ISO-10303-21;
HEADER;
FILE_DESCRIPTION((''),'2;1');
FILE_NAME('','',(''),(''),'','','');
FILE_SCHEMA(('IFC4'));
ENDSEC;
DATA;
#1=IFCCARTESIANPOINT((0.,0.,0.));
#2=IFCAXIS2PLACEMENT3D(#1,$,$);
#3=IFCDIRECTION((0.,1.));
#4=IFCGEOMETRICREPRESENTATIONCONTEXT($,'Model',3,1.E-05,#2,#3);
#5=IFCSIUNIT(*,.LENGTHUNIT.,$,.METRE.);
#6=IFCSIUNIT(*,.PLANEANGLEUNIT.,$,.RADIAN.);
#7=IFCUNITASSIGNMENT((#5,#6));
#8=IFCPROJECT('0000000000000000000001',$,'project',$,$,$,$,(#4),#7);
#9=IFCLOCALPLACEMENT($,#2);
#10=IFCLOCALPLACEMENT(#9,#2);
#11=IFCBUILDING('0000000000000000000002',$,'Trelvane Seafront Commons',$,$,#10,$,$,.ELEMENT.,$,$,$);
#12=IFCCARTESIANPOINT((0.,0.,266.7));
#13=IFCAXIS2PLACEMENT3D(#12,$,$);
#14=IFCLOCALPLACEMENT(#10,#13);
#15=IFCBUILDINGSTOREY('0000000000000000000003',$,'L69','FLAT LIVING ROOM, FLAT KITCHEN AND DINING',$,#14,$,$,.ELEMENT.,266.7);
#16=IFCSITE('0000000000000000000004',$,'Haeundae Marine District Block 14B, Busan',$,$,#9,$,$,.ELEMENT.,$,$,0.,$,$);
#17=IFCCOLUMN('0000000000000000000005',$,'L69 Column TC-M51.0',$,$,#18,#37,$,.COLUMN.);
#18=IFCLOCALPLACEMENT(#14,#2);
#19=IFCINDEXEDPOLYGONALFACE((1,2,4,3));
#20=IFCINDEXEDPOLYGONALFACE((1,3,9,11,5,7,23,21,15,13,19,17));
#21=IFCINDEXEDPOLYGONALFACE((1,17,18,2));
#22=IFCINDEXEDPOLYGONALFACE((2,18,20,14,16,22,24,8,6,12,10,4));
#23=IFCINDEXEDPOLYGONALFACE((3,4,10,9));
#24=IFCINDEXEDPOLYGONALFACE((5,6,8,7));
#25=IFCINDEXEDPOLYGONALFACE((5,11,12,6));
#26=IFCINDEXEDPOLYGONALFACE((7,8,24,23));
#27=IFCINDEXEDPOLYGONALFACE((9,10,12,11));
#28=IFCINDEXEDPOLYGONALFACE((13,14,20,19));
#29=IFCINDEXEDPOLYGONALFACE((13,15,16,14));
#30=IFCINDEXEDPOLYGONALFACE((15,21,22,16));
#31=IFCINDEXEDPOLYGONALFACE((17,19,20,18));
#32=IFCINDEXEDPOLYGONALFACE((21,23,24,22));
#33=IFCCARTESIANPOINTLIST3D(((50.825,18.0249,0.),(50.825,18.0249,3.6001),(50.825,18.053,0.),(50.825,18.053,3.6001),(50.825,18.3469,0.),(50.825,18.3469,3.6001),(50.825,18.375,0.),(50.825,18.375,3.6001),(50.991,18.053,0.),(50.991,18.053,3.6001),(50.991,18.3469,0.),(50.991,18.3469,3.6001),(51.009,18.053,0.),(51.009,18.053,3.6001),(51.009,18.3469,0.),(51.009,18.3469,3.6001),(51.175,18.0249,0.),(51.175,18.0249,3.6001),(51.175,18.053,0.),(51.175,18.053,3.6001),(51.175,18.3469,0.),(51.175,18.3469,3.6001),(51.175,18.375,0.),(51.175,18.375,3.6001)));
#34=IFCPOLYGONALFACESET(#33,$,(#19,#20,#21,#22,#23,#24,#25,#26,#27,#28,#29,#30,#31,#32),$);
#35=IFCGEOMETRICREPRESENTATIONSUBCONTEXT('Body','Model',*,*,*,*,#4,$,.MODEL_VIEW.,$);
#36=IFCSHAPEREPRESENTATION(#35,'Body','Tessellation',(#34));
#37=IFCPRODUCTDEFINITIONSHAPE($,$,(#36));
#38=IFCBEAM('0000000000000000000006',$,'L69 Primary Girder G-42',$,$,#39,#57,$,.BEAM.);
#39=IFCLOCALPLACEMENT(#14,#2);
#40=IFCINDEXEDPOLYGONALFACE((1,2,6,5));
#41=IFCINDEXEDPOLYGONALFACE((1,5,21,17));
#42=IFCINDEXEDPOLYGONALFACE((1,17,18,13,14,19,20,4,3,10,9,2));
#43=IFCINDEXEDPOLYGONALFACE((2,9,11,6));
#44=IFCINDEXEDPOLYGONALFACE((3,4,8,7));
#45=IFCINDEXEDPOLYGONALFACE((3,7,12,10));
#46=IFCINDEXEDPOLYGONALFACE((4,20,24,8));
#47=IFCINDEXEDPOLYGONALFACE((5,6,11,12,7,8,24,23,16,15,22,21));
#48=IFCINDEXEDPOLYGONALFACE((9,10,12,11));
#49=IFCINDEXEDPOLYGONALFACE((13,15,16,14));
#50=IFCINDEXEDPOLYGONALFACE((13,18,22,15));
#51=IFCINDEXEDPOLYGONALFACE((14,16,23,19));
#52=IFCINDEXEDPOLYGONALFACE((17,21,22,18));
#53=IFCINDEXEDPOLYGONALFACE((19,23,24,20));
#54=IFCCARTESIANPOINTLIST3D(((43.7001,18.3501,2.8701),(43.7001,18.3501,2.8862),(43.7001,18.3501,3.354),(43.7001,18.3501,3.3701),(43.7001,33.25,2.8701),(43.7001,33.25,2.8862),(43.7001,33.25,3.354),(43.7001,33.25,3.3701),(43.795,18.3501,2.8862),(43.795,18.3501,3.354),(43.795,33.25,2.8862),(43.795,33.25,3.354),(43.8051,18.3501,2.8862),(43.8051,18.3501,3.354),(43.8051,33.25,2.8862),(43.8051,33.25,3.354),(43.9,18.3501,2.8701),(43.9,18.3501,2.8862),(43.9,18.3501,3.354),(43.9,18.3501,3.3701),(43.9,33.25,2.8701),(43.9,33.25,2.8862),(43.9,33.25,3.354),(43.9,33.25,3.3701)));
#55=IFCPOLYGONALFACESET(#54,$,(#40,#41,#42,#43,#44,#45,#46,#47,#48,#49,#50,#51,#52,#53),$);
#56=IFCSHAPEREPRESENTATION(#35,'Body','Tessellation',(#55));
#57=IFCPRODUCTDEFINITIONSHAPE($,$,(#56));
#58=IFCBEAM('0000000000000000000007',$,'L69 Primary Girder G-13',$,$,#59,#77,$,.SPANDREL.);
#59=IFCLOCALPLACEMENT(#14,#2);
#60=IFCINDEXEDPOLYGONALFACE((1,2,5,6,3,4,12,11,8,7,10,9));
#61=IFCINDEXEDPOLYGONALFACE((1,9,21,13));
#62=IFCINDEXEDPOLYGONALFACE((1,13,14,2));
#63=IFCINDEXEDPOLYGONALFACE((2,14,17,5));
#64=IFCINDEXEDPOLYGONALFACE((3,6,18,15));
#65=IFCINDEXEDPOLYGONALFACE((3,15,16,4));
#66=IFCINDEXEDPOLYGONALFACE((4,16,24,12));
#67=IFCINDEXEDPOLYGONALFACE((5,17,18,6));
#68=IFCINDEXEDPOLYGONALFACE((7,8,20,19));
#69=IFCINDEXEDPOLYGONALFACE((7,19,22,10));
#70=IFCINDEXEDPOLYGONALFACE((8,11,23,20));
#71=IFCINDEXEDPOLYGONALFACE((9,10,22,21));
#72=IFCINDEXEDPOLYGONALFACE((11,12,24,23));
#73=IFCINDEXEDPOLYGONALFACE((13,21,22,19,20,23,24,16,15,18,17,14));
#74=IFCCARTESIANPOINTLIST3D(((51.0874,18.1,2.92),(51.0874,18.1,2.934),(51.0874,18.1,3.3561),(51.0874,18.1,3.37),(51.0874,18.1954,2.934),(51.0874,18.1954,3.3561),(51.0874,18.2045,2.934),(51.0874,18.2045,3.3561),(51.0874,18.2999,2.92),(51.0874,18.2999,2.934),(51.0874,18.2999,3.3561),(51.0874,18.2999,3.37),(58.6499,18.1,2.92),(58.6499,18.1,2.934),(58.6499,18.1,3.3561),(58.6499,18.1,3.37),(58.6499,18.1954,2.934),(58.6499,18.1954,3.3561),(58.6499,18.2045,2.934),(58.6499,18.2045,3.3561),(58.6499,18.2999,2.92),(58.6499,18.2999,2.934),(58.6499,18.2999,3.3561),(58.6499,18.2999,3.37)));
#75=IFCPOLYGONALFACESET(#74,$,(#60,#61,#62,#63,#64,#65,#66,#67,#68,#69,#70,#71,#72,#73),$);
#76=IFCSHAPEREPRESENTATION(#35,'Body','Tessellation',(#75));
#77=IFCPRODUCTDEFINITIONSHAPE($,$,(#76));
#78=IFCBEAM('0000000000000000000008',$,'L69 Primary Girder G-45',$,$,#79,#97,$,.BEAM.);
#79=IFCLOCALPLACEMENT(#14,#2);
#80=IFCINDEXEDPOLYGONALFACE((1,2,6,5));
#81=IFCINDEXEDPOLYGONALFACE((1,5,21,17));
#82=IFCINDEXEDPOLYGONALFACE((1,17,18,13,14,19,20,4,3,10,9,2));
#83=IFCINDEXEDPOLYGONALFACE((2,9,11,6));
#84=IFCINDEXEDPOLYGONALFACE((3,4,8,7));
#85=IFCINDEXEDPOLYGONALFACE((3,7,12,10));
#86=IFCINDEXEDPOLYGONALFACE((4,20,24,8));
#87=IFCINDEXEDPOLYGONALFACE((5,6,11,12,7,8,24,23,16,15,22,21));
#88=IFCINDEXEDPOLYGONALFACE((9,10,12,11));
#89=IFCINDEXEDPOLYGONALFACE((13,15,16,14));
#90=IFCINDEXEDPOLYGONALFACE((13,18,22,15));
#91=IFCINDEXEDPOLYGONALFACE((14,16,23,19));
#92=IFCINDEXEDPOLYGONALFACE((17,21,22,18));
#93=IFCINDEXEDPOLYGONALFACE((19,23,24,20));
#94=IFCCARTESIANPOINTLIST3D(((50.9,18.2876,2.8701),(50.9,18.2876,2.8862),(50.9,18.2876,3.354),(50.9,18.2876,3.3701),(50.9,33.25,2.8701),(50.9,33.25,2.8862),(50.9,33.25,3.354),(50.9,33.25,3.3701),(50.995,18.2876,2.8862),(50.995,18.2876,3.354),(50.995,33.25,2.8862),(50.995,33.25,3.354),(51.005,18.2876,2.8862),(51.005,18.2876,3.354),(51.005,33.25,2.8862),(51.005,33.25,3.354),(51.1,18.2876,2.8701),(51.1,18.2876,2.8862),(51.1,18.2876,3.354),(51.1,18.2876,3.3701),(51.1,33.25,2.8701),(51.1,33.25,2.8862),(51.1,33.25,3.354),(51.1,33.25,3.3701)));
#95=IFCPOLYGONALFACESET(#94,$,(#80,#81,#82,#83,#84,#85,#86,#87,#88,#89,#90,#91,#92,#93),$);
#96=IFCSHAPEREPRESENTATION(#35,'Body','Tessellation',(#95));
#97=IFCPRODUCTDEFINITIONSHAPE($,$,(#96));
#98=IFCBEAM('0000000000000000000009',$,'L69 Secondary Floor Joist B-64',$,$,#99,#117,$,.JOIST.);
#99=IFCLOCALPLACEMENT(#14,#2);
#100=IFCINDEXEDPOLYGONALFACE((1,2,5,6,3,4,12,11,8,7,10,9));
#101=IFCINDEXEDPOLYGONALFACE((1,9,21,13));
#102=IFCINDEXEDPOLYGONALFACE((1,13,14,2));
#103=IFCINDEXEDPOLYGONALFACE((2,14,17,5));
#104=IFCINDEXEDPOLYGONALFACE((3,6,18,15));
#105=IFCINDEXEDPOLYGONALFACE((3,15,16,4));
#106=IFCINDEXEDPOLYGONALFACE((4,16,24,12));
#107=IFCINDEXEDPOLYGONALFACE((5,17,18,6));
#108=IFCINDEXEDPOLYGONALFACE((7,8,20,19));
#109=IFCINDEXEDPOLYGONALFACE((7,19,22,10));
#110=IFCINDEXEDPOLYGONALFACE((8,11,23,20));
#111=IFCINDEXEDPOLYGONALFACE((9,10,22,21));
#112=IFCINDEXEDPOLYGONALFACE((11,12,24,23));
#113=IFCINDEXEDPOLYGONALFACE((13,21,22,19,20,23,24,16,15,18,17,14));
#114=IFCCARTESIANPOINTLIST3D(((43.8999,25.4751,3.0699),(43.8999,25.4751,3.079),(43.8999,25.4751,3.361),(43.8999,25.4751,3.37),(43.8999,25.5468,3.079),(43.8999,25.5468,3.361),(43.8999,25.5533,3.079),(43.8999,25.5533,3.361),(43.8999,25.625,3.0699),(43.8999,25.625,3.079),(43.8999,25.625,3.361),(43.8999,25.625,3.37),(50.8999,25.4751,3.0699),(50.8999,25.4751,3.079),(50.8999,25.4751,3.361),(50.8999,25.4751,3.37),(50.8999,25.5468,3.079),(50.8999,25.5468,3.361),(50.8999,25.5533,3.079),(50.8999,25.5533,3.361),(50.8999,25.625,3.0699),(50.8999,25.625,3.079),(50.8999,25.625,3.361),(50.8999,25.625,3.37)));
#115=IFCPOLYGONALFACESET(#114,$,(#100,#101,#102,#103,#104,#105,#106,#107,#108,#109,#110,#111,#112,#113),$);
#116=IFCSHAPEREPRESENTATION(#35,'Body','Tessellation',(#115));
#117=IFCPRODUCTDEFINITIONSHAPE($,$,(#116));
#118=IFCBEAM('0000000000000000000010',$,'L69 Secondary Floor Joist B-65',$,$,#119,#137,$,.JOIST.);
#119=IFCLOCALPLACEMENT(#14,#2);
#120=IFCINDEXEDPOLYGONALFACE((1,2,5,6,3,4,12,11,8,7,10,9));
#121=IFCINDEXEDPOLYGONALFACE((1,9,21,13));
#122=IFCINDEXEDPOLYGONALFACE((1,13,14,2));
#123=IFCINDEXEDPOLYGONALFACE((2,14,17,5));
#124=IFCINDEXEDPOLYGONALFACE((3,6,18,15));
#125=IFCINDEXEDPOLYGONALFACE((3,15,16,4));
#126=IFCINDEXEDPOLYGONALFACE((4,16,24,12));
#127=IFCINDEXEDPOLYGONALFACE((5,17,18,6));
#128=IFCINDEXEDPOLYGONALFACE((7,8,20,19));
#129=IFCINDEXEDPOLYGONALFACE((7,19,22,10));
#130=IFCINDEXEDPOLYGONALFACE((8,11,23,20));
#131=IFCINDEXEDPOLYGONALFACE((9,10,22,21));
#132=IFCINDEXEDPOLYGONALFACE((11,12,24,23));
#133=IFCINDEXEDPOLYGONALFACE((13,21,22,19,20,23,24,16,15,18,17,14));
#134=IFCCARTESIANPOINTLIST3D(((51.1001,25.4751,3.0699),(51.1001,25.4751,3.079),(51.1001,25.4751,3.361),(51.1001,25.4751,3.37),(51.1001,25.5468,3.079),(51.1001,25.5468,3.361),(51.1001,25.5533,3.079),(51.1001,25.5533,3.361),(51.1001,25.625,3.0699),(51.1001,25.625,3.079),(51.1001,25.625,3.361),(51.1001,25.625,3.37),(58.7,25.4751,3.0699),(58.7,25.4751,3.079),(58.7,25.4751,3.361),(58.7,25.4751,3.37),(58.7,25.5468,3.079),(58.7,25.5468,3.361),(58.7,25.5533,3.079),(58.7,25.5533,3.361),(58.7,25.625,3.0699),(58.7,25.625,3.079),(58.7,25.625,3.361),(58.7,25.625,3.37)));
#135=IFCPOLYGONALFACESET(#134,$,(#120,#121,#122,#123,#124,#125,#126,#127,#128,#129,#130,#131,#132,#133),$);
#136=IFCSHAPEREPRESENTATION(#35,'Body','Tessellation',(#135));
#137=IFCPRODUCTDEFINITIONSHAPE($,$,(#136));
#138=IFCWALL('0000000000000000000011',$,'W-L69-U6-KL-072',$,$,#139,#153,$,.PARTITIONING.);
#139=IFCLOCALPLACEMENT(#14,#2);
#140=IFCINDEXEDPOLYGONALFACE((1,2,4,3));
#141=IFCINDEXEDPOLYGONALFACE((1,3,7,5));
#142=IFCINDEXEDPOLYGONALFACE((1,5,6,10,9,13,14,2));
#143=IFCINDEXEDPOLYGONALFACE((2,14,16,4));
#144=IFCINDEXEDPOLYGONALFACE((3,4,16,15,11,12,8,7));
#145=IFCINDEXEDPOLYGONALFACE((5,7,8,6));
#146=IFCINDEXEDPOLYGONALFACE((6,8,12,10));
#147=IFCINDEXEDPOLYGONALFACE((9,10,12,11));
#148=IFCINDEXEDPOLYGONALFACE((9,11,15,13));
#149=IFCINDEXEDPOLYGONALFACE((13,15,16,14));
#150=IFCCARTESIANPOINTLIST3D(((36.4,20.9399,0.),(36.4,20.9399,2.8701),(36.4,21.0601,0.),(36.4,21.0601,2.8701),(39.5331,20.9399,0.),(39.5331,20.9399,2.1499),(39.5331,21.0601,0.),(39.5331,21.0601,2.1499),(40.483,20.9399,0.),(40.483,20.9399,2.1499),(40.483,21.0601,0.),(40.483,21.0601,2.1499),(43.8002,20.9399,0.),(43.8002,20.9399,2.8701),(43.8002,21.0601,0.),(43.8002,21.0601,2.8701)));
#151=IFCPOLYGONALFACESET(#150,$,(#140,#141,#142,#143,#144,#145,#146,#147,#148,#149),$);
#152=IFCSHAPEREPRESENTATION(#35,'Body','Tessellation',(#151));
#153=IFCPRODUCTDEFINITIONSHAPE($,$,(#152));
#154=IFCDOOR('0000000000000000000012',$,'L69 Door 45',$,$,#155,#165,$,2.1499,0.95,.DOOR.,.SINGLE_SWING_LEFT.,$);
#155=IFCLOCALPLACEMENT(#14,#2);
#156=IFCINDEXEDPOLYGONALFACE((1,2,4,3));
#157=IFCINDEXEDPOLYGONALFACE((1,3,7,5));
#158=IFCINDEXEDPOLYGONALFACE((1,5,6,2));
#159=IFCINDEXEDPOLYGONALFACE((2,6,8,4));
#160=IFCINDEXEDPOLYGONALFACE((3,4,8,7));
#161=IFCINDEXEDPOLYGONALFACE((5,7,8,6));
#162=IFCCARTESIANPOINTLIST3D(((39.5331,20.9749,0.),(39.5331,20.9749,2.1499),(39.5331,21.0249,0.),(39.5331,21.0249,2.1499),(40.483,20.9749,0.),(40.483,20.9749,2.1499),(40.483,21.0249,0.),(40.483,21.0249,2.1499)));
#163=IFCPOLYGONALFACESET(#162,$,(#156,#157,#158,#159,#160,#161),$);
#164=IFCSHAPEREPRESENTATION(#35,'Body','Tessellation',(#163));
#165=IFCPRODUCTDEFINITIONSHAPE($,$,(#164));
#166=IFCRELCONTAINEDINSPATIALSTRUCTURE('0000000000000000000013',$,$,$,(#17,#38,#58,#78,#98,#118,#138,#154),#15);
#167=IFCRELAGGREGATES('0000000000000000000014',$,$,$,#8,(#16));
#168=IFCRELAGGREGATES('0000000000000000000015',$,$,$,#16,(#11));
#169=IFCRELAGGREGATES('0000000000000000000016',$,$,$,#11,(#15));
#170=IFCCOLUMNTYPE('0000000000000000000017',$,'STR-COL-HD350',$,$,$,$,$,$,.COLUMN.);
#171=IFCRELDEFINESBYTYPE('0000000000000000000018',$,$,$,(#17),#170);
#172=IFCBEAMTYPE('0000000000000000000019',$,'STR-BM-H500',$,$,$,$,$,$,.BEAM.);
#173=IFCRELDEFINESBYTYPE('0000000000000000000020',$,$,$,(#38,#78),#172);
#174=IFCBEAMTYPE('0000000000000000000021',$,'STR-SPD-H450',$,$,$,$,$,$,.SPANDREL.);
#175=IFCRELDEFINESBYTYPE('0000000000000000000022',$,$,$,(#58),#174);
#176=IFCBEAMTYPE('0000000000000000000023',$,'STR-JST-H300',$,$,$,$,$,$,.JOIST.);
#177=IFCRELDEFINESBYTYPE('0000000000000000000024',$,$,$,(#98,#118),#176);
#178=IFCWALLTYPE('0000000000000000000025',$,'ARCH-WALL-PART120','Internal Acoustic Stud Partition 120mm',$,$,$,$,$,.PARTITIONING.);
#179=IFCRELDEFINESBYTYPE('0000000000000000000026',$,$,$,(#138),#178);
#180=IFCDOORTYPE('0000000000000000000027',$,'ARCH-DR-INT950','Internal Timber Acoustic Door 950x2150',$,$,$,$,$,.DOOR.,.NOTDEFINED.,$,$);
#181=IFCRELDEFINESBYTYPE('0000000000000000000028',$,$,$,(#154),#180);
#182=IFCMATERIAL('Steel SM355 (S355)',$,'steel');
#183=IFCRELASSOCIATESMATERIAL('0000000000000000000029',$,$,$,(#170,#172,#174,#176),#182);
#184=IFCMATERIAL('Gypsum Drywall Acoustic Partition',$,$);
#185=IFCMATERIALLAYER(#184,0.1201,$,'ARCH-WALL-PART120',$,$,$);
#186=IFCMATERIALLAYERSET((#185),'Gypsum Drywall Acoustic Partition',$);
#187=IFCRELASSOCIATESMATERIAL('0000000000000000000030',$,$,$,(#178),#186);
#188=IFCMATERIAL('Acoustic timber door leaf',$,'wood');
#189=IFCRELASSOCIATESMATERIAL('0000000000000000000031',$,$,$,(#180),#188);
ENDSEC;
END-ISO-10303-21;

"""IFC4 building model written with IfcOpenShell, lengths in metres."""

from ifc_helpers import new_model, si_unit, direction, frame, frame_2d, origin, origin_2d, place, context, subcontext, project, spatial, rectangle, i_section, extrude, source, transform, mapped, material, layer, layer_set, material_profile, profile_set, type_object, element, fill, save


model = new_model("IFC4")

# Units and contexts
model_context = context("Model", 3, precision=1e-05, world=origin(), true_north=direction((0.0, 1.0)))
body_context = subcontext(model_context, "Body", "Model", "MODEL_VIEW")
ifc_project = project(units=[si_unit("LENGTHUNIT", "METRE"), si_unit("PLANEANGLEUNIT", "RADIAN")], contexts=[model_context])

# Site, building, storey
site_placement = place(None, origin())
site = spatial("IfcSite", under=ifc_project, at=site_placement, Name="Haeundae Marine District Block 14B, Busan", CompositionType="ELEMENT", RefElevation=0.0)
building_placement = place(site_placement, origin())
building = spatial("IfcBuilding", under=site, at=building_placement, Name="Trelvane Seafront Commons", CompositionType="ELEMENT")
storey_placement = place(building_placement, frame((0.0, 0.0, 266.7)))
storey = spatial("IfcBuildingStorey", under=building, at=storey_placement, Name="L69", Description="FLAT LIVING ROOM, FLAT KITCHEN AND DINING", CompositionType="ELEMENT", Elevation=266.7)

# Column
ifc_material_1 = material(Name="Steel SM355 (S355)", Category="steel")
ifc_material_profile_1 = material_profile(ifc_material_1, i_section(OverallWidth=0.3501, OverallDepth=0.3501, WebThickness=0.0181, FlangeThickness=0.0281, at=origin_2d()), Name="HD-350x350x18x28")
ifc_profile_set_1 = profile_set([ifc_material_profile_1], Name="Steel SM355 (S355)")
column_type = type_object("IfcColumnType", Name="STR-COL-HD350", PredefinedType="COLUMN", material=ifc_profile_set_1)
shared_shape_1 = source(origin(), body_context, "Body", "SweptSolid", [
    extrude(i_section(OverallWidth=0.3501, OverallDepth=0.3501, WebThickness=0.0181, FlangeThickness=0.0281, at=origin_2d()), origin(), (0.0, 0.0, 1.0), 3.6001),
])
column_placement = place(storey_placement, frame((51.0, 18.2, 0.0), z_axis=(0.0, 0.0, 1.0), x_axis=(1.0, 0.0, 0.0)))
element("IfcColumn", 1, at=column_placement, inside=storey, type_object=column_type, Name="L69 Column TC-M51.0", PredefinedType="COLUMN", context=body_context, shape_type="MappedRepresentation", body=[
    mapped(shared_shape_1, transform((0.0, 0.0, 0.0), x_axis=(1.0, 0.0, 0.0), y_axis=(0.0, 1.0, 0.0), z_axis=(0.0, 0.0, 1.0), scale=1.0)),
])

# Beams
ifc_material_profile_2 = material_profile(ifc_material_1, i_section(OverallWidth=0.2, OverallDepth=0.5, WebThickness=0.01, FlangeThickness=0.0161, at=origin_2d()), Name="H-500x200x10x16")
ifc_profile_set_2 = profile_set([ifc_material_profile_2], Name="Steel SM355 (S355)")
beam_type_1 = type_object("IfcBeamType", Name="STR-BM-H500", PredefinedType="BEAM", material=ifc_profile_set_2)
shared_shape_2 = source(origin(), body_context, "Body", "SweptSolid", [
    extrude(i_section(OverallWidth=0.2, OverallDepth=0.5, WebThickness=0.01, FlangeThickness=0.0161, at=origin_2d()), origin(), (0.0, 0.0, 1.0), 14.8999),
])
beam_1_placement = place(storey_placement, frame((43.8, 18.3501, 3.1201), z_axis=(0.0, 1.0, 0.0), x_axis=(-1.0, 0.0, 0.0)))
element("IfcBeam", 2, at=beam_1_placement, inside=storey, type_object=beam_type_1, Name="L69 Primary Girder G-42", PredefinedType="BEAM", context=body_context, shape_type="MappedRepresentation", body=[
    mapped(shared_shape_2, transform((0.0, 0.0, 0.0), x_axis=(1.0, 0.0, 0.0), y_axis=(0.0, 1.0, 0.0), z_axis=(0.0, 0.0, 1.0), scale=1.0)),
])
ifc_material_profile_3 = material_profile(ifc_material_1, i_section(OverallWidth=0.2, OverallDepth=0.45, WebThickness=0.009, FlangeThickness=0.0139, at=origin_2d()), Name="H-450x200x9x14")
ifc_profile_set_3 = profile_set([ifc_material_profile_3], Name="Steel SM355 (S355)")
beam_type_2 = type_object("IfcBeamType", Name="STR-SPD-H450", PredefinedType="SPANDREL", material=ifc_profile_set_3)
shared_shape_3 = source(origin(), body_context, "Body", "SweptSolid", [
    extrude(i_section(OverallWidth=0.2, OverallDepth=0.45, WebThickness=0.009, FlangeThickness=0.0139, at=origin_2d()), origin(), (0.0, 0.0, 1.0), 7.5625),
])
beam_2_placement = place(storey_placement, frame((51.0874, 18.2, 3.145), z_axis=(1.0, 0.0, 0.0), x_axis=(0.0, 1.0, 0.0)))
element("IfcBeam", 3, at=beam_2_placement, inside=storey, type_object=beam_type_2, Name="L69 Primary Girder G-13", PredefinedType="SPANDREL", context=body_context, shape_type="MappedRepresentation", body=[
    mapped(shared_shape_3, transform((0.0, 0.0, 0.0), x_axis=(1.0, 0.0, 0.0), y_axis=(0.0, 1.0, 0.0), z_axis=(0.0, 0.0, 1.0), scale=1.0)),
])
shared_shape_4 = source(origin(), body_context, "Body", "SweptSolid", [
    extrude(i_section(OverallWidth=0.2, OverallDepth=0.5, WebThickness=0.01, FlangeThickness=0.0161, at=origin_2d()), origin(), (0.0, 0.0, 1.0), 14.9624),
])
beam_3_placement = place(storey_placement, frame((51.0, 18.2876, 3.1201), z_axis=(0.0, 1.0, 0.0), x_axis=(-1.0, 0.0, 0.0)))
element("IfcBeam", 4, at=beam_3_placement, inside=storey, type_object=beam_type_1, Name="L69 Primary Girder G-45", PredefinedType="BEAM", context=body_context, shape_type="MappedRepresentation", body=[
    mapped(shared_shape_4, transform((0.0, 0.0, 0.0), x_axis=(1.0, 0.0, 0.0), y_axis=(0.0, 1.0, 0.0), z_axis=(0.0, 0.0, 1.0), scale=1.0)),
])
ifc_material_profile_4 = material_profile(ifc_material_1, i_section(OverallWidth=0.1499, OverallDepth=0.3, WebThickness=0.0066, FlangeThickness=0.009, at=origin_2d()), Name="H-300x150x6.5x9")
ifc_profile_set_4 = profile_set([ifc_material_profile_4], Name="Steel SM355 (S355)")
beam_type_3 = type_object("IfcBeamType", Name="STR-JST-H300", PredefinedType="JOIST", material=ifc_profile_set_4)
shared_shape_5 = source(origin(), body_context, "Body", "SweptSolid", [
    extrude(i_section(OverallWidth=0.1499, OverallDepth=0.3, WebThickness=0.0066, FlangeThickness=0.009, at=origin_2d()), origin(), (0.0, 0.0, 1.0), 7.0),
])
beam_4_placement = place(storey_placement, frame((43.8999, 25.55, 3.22), z_axis=(1.0, 0.0, 0.0), x_axis=(0.0, 1.0, 0.0)))
element("IfcBeam", 5, at=beam_4_placement, inside=storey, type_object=beam_type_3, Name="L69 Secondary Floor Joist B-64", PredefinedType="JOIST", context=body_context, shape_type="MappedRepresentation", body=[
    mapped(shared_shape_5, transform((0.0, 0.0, 0.0), x_axis=(1.0, 0.0, 0.0), y_axis=(0.0, 1.0, 0.0), z_axis=(0.0, 0.0, 1.0), scale=1.0)),
])
shared_shape_6 = source(origin(), body_context, "Body", "SweptSolid", [
    extrude(i_section(OverallWidth=0.1499, OverallDepth=0.3, WebThickness=0.0066, FlangeThickness=0.009, at=origin_2d()), origin(), (0.0, 0.0, 1.0), 7.5999),
])
beam_5_placement = place(storey_placement, frame((51.1001, 25.55, 3.22), z_axis=(1.0, 0.0, 0.0), x_axis=(0.0, 1.0, 0.0)))
element("IfcBeam", 6, at=beam_5_placement, inside=storey, type_object=beam_type_3, Name="L69 Secondary Floor Joist B-65", PredefinedType="JOIST", context=body_context, shape_type="MappedRepresentation", body=[
    mapped(shared_shape_6, transform((0.0, 0.0, 0.0), x_axis=(1.0, 0.0, 0.0), y_axis=(0.0, 1.0, 0.0), z_axis=(0.0, 0.0, 1.0), scale=1.0)),
])

# Wall, opening, door
ifc_material_2 = material(Name="Gypsum Drywall Acoustic Partition")
ifc_layer = layer(ifc_material_2, 0.1201, Name="ARCH-WALL-PART120")
ifc_layer_set = layer_set([ifc_layer], Name="Gypsum Drywall Acoustic Partition")
wall_type = type_object("IfcWallType", Name="ARCH-WALL-PART120", Description="Internal Acoustic Stud Partition 120mm", PredefinedType="PARTITIONING", material=ifc_layer_set)
wall_1_placement = place(storey_placement, frame((36.3999, 21.0, 0.0), z_axis=(0.0, 0.0, 1.0), x_axis=(1.0, 0.0, 0.0)))
wall_1 = element("IfcWall", 7, at=wall_1_placement, inside=storey, type_object=wall_type, Name="W-L69-U6-KL-072", PredefinedType="PARTITIONING", context=body_context, shape_type="SweptSolid", body=[
    extrude(rectangle(XDim=7.4001, YDim=0.1201, at=frame_2d((3.7002, 0.0))), origin(), (0.0, 0.0, 1.0), 2.8701),
])
opening_1_placement = place(wall_1_placement, frame((3.1331, 0.0, 0.0)))
opening_1 = element("IfcOpeningElement", 8, at=opening_1_placement, cuts=wall_1, PredefinedType="OPENING", context=body_context, shape_type="SweptSolid", body=[
    extrude(rectangle(XDim=0.95, YDim=2.1499, at=frame_2d((0.4751, 1.075))), frame((0.0, 0.0701, 0.0), z_axis=(0.0, -1.0, 0.0), x_axis=(1.0, 0.0, 0.0)), (0.0, 0.0, 1.0), 0.1401),
])
ifc_material_3 = material(Name="Acoustic timber door leaf", Category="wood")
door_type_1 = type_object("IfcDoorType", Name="ARCH-DR-INT950", Description="Internal Timber Acoustic Door 950x2150", OperationType="NOTDEFINED", PredefinedType="DOOR", material=ifc_material_3)
shared_shape_7 = source(origin(), body_context, "Body", "SweptSolid", [
    extrude(rectangle(XDim=0.95, YDim=2.1499, at=frame_2d((0.4751, 1.075))), frame((0.0, 0.0249, 0.0), z_axis=(0.0, -1.0, 0.0), x_axis=(1.0, 0.0, 0.0)), (0.0, 0.0, 1.0), 0.05),
])
door_1_placement = place(opening_1_placement, origin())
door_1 = element("IfcDoor", 9, at=door_1_placement, inside=storey, type_object=door_type_1, Name="L69 Door 45", OperationType="SINGLE_SWING_LEFT", OverallHeight=2.1499, OverallWidth=0.95, PredefinedType="DOOR", context=body_context, shape_type="MappedRepresentation", body=[
    mapped(shared_shape_7, transform((0.0, 0.0, 0.0), x_axis=(1.0, 0.0, 0.0), y_axis=(0.0, 1.0, 0.0), z_axis=(0.0, 0.0, 1.0), scale=1.0)),
])
fill(opening_1, door_1)

save(model, "model.ifc")
